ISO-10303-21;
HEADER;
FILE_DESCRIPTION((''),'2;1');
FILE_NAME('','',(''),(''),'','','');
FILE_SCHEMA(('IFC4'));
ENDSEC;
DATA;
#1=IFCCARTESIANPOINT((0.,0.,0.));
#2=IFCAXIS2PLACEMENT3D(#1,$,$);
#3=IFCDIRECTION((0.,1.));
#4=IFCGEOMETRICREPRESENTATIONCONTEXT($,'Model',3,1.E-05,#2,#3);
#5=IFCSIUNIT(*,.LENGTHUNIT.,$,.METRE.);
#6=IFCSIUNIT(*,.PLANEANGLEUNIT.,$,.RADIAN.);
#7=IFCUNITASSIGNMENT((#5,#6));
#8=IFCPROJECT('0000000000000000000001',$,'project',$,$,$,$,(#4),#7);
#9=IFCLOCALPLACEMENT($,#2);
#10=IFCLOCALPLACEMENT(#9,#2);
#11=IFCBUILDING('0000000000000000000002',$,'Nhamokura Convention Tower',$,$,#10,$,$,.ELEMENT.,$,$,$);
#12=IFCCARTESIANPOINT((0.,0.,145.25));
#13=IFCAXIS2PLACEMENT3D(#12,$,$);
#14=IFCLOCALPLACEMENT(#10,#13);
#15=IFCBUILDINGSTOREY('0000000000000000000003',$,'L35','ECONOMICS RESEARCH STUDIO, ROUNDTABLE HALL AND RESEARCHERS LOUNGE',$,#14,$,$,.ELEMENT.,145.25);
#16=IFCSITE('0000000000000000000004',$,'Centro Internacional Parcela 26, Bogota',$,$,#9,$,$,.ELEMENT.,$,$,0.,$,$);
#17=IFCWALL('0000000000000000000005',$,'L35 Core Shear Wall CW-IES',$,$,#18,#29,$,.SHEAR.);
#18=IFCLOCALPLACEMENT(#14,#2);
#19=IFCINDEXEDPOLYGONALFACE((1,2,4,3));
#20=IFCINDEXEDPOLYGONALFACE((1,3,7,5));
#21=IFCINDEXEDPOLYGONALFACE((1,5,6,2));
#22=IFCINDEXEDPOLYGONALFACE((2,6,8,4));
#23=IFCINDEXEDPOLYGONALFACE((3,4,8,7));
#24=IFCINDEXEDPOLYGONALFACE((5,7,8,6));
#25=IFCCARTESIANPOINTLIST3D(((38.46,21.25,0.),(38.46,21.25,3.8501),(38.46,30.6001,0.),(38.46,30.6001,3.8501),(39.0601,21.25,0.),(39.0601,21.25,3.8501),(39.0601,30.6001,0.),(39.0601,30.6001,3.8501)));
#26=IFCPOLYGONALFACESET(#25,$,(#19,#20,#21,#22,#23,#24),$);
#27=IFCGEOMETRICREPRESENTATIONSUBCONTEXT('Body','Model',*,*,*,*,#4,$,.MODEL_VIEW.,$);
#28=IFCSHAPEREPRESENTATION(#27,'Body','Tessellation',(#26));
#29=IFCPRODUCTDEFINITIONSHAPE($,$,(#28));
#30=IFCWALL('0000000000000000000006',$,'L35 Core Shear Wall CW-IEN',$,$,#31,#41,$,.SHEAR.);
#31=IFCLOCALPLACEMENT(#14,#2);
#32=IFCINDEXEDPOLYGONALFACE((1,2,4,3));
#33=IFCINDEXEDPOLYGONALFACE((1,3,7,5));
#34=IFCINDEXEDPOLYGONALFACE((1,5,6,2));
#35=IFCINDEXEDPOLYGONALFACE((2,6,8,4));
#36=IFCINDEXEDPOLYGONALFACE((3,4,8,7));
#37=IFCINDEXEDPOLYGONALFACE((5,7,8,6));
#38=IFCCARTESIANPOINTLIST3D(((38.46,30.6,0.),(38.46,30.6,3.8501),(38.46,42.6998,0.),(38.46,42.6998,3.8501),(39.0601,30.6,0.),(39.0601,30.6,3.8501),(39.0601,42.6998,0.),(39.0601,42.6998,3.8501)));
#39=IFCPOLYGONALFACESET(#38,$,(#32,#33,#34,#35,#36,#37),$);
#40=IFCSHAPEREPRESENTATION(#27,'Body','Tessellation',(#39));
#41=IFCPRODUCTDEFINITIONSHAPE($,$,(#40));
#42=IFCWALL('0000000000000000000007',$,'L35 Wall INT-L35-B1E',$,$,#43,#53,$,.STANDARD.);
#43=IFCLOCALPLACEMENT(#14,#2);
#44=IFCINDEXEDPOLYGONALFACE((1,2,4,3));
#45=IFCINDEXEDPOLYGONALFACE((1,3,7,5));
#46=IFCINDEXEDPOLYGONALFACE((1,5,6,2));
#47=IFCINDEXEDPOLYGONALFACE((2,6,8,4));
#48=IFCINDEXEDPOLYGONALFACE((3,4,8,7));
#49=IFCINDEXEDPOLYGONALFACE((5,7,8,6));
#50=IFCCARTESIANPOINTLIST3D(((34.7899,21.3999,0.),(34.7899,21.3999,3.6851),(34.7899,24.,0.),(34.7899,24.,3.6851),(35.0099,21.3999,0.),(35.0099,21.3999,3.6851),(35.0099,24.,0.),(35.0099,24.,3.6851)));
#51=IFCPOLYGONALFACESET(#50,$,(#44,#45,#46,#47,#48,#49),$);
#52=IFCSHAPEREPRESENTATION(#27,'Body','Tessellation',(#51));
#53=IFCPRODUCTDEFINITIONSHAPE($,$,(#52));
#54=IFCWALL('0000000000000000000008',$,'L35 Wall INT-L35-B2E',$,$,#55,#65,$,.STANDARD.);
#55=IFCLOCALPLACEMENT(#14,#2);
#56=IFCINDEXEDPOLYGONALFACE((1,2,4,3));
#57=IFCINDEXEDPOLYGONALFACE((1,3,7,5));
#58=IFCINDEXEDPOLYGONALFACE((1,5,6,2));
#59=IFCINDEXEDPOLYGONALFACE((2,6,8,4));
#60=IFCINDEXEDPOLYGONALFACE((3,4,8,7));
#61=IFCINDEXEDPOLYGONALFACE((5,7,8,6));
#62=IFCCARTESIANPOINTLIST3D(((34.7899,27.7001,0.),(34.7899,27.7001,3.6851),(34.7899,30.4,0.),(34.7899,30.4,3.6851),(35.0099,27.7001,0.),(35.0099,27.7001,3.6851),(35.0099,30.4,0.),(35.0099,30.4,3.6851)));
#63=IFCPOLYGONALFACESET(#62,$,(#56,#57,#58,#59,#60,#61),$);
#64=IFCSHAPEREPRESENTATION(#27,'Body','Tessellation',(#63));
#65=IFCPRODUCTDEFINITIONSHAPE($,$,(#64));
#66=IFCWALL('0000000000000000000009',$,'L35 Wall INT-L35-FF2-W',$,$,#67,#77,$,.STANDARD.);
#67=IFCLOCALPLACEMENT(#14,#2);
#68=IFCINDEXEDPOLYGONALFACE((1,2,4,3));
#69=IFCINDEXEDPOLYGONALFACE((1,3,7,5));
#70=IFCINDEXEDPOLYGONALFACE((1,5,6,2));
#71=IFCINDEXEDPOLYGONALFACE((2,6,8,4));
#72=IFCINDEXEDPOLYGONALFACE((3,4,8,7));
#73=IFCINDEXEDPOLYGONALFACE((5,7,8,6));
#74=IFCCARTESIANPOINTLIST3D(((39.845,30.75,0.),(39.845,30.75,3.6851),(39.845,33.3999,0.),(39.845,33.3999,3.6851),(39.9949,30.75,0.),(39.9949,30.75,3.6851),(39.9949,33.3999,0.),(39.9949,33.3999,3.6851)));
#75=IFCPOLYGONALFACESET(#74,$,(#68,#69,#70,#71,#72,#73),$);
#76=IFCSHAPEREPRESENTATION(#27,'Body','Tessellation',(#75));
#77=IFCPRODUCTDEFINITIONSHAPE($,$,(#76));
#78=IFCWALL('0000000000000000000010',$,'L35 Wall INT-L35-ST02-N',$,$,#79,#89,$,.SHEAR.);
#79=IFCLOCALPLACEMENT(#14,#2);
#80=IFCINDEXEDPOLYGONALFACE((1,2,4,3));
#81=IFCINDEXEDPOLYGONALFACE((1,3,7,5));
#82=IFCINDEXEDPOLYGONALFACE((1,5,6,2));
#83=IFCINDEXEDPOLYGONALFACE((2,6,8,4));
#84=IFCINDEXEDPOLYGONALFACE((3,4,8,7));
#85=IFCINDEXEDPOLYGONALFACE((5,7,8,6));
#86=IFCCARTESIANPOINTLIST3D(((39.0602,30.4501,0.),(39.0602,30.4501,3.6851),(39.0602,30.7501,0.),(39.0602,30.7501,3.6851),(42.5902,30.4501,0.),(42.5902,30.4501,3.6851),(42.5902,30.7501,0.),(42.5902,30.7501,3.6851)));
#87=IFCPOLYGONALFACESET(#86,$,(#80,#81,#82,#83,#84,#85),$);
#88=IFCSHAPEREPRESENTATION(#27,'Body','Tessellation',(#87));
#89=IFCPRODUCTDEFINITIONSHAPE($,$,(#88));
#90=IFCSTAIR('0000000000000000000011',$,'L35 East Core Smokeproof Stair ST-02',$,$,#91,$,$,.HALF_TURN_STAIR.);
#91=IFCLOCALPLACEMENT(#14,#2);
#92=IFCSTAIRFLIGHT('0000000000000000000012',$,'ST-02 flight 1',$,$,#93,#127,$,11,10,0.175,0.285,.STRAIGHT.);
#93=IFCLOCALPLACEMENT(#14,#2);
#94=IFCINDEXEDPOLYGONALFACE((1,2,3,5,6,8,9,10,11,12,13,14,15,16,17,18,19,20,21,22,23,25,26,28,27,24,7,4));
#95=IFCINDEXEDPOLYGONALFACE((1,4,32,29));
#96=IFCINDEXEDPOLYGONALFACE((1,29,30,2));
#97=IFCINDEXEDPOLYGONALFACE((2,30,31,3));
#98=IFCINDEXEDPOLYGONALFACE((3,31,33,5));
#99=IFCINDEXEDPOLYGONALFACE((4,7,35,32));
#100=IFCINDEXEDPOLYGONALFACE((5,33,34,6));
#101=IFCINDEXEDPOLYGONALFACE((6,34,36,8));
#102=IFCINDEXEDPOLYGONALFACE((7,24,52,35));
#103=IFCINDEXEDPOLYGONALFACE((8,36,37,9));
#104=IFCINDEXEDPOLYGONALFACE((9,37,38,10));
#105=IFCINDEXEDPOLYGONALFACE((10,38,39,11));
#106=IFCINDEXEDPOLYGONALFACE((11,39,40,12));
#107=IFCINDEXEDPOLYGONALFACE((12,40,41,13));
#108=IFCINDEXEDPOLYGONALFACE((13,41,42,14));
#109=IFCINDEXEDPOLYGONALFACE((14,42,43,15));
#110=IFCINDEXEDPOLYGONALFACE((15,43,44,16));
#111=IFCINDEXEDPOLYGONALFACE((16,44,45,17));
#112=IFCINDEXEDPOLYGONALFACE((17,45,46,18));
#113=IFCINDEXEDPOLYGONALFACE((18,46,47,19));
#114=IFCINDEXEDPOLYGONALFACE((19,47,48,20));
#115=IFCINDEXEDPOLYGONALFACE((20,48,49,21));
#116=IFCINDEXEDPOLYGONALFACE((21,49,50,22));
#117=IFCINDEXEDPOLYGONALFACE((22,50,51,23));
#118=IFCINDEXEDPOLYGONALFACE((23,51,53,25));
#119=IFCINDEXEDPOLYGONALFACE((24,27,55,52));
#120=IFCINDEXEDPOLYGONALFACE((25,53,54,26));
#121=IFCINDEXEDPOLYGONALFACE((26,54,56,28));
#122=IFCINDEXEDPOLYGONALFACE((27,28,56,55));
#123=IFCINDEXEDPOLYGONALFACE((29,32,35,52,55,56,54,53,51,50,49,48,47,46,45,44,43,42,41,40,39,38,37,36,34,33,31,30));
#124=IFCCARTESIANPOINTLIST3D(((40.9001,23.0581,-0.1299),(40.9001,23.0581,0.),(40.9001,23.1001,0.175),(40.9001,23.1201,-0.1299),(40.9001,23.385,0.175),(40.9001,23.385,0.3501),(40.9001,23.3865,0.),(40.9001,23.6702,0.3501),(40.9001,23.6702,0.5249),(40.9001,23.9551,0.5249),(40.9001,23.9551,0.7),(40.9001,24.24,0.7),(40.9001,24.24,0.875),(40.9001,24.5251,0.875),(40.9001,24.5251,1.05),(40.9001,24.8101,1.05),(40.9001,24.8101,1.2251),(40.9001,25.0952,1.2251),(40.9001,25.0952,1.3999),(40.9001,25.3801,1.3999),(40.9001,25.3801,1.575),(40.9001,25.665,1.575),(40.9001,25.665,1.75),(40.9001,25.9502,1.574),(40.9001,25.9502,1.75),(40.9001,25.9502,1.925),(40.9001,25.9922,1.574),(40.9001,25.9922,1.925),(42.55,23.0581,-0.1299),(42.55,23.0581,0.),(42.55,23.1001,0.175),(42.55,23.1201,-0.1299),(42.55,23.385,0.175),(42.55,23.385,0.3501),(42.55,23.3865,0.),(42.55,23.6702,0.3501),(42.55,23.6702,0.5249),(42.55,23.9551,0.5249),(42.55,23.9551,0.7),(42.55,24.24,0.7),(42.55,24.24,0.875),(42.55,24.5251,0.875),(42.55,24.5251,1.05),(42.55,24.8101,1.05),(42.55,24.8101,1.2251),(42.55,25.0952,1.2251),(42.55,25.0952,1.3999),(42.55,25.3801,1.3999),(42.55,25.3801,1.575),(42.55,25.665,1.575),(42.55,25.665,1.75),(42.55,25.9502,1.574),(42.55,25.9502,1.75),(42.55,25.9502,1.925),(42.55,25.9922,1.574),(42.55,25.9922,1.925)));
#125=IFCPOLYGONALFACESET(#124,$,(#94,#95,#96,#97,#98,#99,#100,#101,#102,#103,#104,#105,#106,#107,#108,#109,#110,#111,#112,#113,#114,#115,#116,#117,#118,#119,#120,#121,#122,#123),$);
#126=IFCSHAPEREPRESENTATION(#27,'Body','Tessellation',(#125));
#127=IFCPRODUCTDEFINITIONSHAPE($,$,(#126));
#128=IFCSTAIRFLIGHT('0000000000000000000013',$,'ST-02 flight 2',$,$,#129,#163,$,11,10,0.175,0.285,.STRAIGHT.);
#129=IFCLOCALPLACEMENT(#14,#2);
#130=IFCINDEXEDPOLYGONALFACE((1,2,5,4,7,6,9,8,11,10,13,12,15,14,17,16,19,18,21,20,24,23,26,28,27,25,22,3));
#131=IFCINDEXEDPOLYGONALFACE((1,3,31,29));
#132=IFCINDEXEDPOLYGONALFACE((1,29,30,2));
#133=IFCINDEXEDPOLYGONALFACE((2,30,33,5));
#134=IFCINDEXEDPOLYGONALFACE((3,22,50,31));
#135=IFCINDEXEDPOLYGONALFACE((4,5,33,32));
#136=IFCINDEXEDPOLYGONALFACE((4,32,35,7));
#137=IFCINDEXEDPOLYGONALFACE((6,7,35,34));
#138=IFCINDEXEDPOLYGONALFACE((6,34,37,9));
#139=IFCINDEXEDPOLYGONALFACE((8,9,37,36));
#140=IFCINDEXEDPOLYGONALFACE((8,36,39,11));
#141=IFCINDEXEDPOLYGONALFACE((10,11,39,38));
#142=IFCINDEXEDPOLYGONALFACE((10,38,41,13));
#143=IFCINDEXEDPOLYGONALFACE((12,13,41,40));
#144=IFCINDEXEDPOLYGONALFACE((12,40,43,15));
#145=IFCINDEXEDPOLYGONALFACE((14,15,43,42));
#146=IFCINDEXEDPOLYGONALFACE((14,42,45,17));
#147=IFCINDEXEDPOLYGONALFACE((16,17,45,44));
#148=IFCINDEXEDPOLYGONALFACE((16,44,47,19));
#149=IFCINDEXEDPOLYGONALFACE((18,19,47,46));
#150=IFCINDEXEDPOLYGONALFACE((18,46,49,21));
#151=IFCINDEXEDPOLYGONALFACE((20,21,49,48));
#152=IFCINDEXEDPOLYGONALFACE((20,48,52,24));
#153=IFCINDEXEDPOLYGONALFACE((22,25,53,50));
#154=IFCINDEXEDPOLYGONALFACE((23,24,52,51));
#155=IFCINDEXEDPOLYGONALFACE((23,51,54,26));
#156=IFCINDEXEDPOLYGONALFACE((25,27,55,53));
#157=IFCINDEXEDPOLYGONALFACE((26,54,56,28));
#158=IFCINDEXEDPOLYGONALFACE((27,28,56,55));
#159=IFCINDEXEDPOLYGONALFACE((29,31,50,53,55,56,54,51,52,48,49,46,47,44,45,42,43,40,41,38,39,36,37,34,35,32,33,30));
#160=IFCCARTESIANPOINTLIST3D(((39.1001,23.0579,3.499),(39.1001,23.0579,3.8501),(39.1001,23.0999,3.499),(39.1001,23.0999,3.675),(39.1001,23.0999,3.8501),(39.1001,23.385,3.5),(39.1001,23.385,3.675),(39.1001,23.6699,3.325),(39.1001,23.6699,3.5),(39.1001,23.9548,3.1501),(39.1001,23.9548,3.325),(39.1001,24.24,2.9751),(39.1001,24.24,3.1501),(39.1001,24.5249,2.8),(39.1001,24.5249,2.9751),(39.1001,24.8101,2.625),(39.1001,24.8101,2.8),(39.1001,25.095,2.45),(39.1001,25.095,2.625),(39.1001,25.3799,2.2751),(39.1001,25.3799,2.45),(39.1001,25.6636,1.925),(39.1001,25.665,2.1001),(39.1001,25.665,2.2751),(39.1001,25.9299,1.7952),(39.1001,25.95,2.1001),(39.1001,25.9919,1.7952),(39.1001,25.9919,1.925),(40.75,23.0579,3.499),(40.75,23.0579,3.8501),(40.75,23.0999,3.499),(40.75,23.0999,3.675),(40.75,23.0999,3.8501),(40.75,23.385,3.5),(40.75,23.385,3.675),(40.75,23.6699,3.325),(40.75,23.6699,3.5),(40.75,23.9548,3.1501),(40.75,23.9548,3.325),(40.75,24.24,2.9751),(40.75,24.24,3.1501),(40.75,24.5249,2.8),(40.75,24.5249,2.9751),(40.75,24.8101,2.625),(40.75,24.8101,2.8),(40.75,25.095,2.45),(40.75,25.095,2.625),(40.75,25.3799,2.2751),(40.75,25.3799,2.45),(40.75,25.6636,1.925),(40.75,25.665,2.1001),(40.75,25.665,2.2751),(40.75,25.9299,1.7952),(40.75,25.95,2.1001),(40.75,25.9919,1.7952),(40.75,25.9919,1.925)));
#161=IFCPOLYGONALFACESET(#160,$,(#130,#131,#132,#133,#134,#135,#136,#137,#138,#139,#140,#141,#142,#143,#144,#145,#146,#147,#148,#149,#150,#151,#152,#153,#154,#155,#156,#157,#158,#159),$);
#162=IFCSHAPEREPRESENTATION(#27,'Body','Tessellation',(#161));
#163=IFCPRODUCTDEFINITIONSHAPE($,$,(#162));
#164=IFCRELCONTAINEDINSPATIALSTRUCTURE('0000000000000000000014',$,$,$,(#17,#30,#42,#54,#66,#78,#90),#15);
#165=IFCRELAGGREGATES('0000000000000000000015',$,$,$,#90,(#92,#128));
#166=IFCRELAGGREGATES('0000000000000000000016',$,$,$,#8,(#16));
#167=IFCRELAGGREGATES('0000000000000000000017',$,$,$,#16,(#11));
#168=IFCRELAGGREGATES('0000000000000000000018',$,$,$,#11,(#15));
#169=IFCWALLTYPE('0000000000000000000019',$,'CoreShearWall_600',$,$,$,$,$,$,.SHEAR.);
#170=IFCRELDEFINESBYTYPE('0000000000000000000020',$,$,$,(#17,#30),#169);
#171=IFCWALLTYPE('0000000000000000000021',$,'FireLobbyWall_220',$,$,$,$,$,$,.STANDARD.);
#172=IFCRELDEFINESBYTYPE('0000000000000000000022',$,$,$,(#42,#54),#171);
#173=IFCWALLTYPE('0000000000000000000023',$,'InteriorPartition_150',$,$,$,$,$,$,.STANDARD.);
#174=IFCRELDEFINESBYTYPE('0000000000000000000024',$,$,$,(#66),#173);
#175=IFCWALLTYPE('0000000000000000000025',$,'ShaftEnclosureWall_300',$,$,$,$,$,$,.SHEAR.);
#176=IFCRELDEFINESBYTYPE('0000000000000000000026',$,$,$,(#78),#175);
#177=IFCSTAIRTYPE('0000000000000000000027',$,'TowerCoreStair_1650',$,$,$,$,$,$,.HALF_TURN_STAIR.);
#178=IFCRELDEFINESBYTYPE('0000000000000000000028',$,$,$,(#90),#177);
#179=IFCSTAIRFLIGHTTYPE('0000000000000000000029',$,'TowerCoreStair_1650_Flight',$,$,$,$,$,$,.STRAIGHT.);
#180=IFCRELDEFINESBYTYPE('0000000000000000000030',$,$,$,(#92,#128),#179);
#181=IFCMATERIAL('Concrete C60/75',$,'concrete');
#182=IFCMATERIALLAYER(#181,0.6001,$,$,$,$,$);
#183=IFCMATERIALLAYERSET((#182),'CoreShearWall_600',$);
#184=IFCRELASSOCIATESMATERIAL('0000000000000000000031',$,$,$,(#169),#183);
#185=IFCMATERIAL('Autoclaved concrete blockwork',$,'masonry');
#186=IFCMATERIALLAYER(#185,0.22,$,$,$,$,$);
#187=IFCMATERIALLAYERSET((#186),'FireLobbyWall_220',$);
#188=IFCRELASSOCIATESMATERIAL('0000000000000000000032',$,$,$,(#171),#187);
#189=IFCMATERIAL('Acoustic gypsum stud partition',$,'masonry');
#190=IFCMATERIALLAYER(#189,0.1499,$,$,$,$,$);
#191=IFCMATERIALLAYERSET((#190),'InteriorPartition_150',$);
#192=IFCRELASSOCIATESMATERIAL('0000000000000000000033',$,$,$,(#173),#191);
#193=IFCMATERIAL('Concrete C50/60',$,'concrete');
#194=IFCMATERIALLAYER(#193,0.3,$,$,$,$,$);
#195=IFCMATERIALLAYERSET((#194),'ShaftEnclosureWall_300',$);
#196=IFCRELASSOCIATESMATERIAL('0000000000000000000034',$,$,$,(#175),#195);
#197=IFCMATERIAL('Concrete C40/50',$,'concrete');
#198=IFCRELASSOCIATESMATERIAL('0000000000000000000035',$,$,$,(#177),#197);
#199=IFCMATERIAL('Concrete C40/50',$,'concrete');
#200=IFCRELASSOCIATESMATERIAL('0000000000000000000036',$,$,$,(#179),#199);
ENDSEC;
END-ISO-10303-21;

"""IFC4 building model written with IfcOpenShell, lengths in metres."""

from ifc_helpers import new_model, si_unit, direction, frame, frame_2d, origin, place, context, subcontext, project, spatial, polyline, rectangle, outline, extrude, material, layer, layer_set, type_object, element, aggregate, save


model = new_model("IFC4")

# Units and contexts
model_context = context("Model", 3, precision=1e-05, world=origin(), true_north=direction((0.0, 1.0)))
body_context = subcontext(model_context, "Body", "Model", "MODEL_VIEW")
ifc_project = project(units=[si_unit("LENGTHUNIT", "METRE"), si_unit("PLANEANGLEUNIT", "RADIAN")], contexts=[model_context])

# Site, building, storey
site_placement = place(None, origin())
site = spatial("IfcSite", under=ifc_project, at=site_placement, Name="Centro Internacional Parcela 26, Bogota", CompositionType="ELEMENT", RefElevation=0.0)
building_placement = place(site_placement, origin())
building = spatial("IfcBuilding", under=site, at=building_placement, Name="Nhamokura Convention Tower", CompositionType="ELEMENT")
storey_placement = place(building_placement, frame((0.0, 0.0, 145.25)))
storey = spatial("IfcBuildingStorey", under=building, at=storey_placement, Name="L35", Description="ECONOMICS RESEARCH STUDIO, ROUNDTABLE HALL AND RESEARCHERS LOUNGE", CompositionType="ELEMENT", Elevation=145.25)

# Shared definitions
ifc_material_1 = material(Name="Concrete C60/75", Category="concrete")
ifc_layer_1 = layer(ifc_material_1, 0.6001)
ifc_layer_set_1 = layer_set([ifc_layer_1], Name="CoreShearWall_600")
wall_type_1 = type_object("IfcWallType", Name="CoreShearWall_600", PredefinedType="SHEAR", material=ifc_layer_set_1)

# Walls
wall_1_placement = place(storey_placement, frame((38.76, 21.25, 0.0), z_axis=(0.0, 0.0, 1.0), x_axis=(0.0, 1.0, 0.0)))
element("IfcWall", 1, at=wall_1_placement, inside=storey, type_object=wall_type_1, Name="L35 Core Shear Wall CW-IES", PredefinedType="SHEAR", context=body_context, shape_type="SweptSolid", body=[
    extrude(rectangle(XDim=9.3501, YDim=0.6001, at=frame_2d((4.675, 0.0))), origin(), (0.0, 0.0, 1.0), 3.8501),
])
wall_2_placement = place(storey_placement, frame((38.76, 30.6001, 0.0), z_axis=(0.0, 0.0, 1.0), x_axis=(0.0, 1.0, 0.0)))
element("IfcWall", 2, at=wall_2_placement, inside=storey, type_object=wall_type_1, Name="L35 Core Shear Wall CW-IEN", PredefinedType="SHEAR", context=body_context, shape_type="SweptSolid", body=[
    extrude(rectangle(XDim=12.0999, YDim=0.6001, at=frame_2d((6.0498, 0.0))), origin(), (0.0, 0.0, 1.0), 3.8501),
])
ifc_material_2 = material(Name="Autoclaved concrete blockwork", Category="masonry")
ifc_layer_2 = layer(ifc_material_2, 0.22)
ifc_layer_set_2 = layer_set([ifc_layer_2], Name="FireLobbyWall_220")
wall_type_2 = type_object("IfcWallType", Name="FireLobbyWall_220", PredefinedType="STANDARD", material=ifc_layer_set_2)
wall_3_placement = place(storey_placement, frame((34.8999, 21.3999, 0.0), z_axis=(0.0, 0.0, 1.0), x_axis=(0.0, 1.0, 0.0)))
element("IfcWall", 3, at=wall_3_placement, inside=storey, type_object=wall_type_2, Name="L35 Wall INT-L35-B1E", PredefinedType="STANDARD", context=body_context, shape_type="SweptSolid", body=[
    extrude(rectangle(XDim=2.6001, YDim=0.22, at=frame_2d((1.3, 0.0))), origin(), (0.0, 0.0, 1.0), 3.6851),
])
wall_4_placement = place(storey_placement, frame((34.8999, 27.7, 0.0), z_axis=(0.0, 0.0, 1.0), x_axis=(0.0, 1.0, 0.0)))
element("IfcWall", 4, at=wall_4_placement, inside=storey, type_object=wall_type_2, Name="L35 Wall INT-L35-B2E", PredefinedType="STANDARD", context=body_context, shape_type="SweptSolid", body=[
    extrude(rectangle(XDim=2.7, YDim=0.22, at=frame_2d((1.3501, 0.0))), origin(), (0.0, 0.0, 1.0), 3.6851),
])
ifc_material_3 = material(Name="Acoustic gypsum stud partition", Category="masonry")
ifc_layer_3 = layer(ifc_material_3, 0.1499)
ifc_layer_set_3 = layer_set([ifc_layer_3], Name="InteriorPartition_150")
wall_type_3 = type_object("IfcWallType", Name="InteriorPartition_150", PredefinedType="STANDARD", material=ifc_layer_set_3)
wall_5_placement = place(storey_placement, frame((39.9199, 30.75, 0.0), z_axis=(0.0, 0.0, 1.0), x_axis=(0.0, 1.0, 0.0)))
element("IfcWall", 5, at=wall_5_placement, inside=storey, type_object=wall_type_3, Name="L35 Wall INT-L35-FF2-W", PredefinedType="STANDARD", context=body_context, shape_type="SweptSolid", body=[
    extrude(rectangle(XDim=2.6499, YDim=0.1499, at=frame_2d((1.325, 0.0))), origin(), (0.0, 0.0, 1.0), 3.6851),
])
ifc_material_4 = material(Name="Concrete C50/60", Category="concrete")
ifc_layer_4 = layer(ifc_material_4, 0.3)
ifc_layer_set_4 = layer_set([ifc_layer_4], Name="ShaftEnclosureWall_300")
wall_type_4 = type_object("IfcWallType", Name="ShaftEnclosureWall_300", PredefinedType="SHEAR", material=ifc_layer_set_4)
wall_6_placement = place(storey_placement, frame((39.0601, 30.6001, 0.0), z_axis=(0.0, 0.0, 1.0), x_axis=(1.0, 0.0, 0.0)))
element("IfcWall", 6, at=wall_6_placement, inside=storey, type_object=wall_type_4, Name="L35 Wall INT-L35-ST02-N", PredefinedType="SHEAR", context=body_context, shape_type="SweptSolid", body=[
    extrude(rectangle(XDim=3.53, YDim=0.3, at=frame_2d((1.7651, 0.0))), origin(), (0.0, 0.0, 1.0), 3.6851),
])

# Stair, stair flights
ifc_material_5 = material(Name="Concrete C40/50", Category="concrete")
stair_type = type_object("IfcStairType", Name="TowerCoreStair_1650", PredefinedType="HALF_TURN_STAIR", material=ifc_material_5)
stair_placement = place(storey_placement, origin())
stair = element("IfcStair", 7, at=stair_placement, inside=storey, type_object=stair_type, Name="L35 East Core Smokeproof Stair ST-02", PredefinedType="HALF_TURN_STAIR")
ifc_material_6 = material(Name="Concrete C40/50", Category="concrete")
stair_flight_type = type_object("IfcStairFlightType", Name="TowerCoreStair_1650_Flight", PredefinedType="STRAIGHT", material=ifc_material_6)
stair_flight_1_placement = place(storey_placement, frame((41.7251, 23.1001, 0.0), z_axis=(0.0, 0.0, 1.0), x_axis=(0.0, 1.0, 0.0)))
stair_flight_1 = element("IfcStairFlight", 8, at=stair_flight_1_placement, type_object=stair_flight_type, Name="ST-02 flight 1", NumberOfRisers=11, NumberOfTreads=10, PredefinedType="STRAIGHT", RiserHeight=0.175, TreadLength=0.285, context=body_context, shape_type="SweptSolid", body=[
    extrude(outline(polyline([(-0.042, 0.0), (0.0, 0.175), (0.2849, 0.175), (0.2849, 0.3501), (0.5701, 0.3501), (0.5701, 0.5249), (0.855, 0.5249), (0.855, 0.7), (1.1399, 0.7), (1.1399, 0.875), (1.425, 0.875), (1.425, 1.05), (1.71, 1.05), (1.71, 1.2251), (1.9951, 1.2251), (1.9951, 1.3999), (2.28, 1.3999), (2.28, 1.575), (2.5649, 1.575), (2.5649, 1.75), (2.8501, 1.75), (2.8501, 1.925), (2.8921, 1.925), (2.8921, 1.574), (2.8501, 1.574), (0.2864, 0.0), (0.02, -0.1299), (-0.042, -0.1299), (-0.042, 0.0)])), frame((0.0, 0.825, 0.0), z_axis=(0.0, -1.0, 0.0), x_axis=(1.0, 0.0, 0.0)), (0.0, 0.0, 1.0), 1.6499),
])
stair_flight_2_placement = place(storey_placement, frame((39.925, 25.95, 1.925), z_axis=(0.0, 0.0, 1.0), x_axis=(0.0, -1.0, 0.0)))
stair_flight_2 = element("IfcStairFlight", 9, at=stair_flight_2_placement, type_object=stair_flight_type, Name="ST-02 flight 2", NumberOfRisers=11, NumberOfTreads=10, PredefinedType="STRAIGHT", RiserHeight=0.175, TreadLength=0.285, context=body_context, shape_type="SweptSolid", body=[
    extrude(outline(polyline([(-0.042, 0.0), (0.0, 0.175), (0.2849, 0.175), (0.2849, 0.3501), (0.5701, 0.3501), (0.5701, 0.5249), (0.855, 0.5249), (0.855, 0.7), (1.1399, 0.7), (1.1399, 0.875), (1.425, 0.875), (1.425, 1.05), (1.71, 1.05), (1.71, 1.2251), (1.9951, 1.2251), (1.9951, 1.3999), (2.28, 1.3999), (2.28, 1.575), (2.5649, 1.575), (2.5649, 1.75), (2.8501, 1.75), (2.8501, 1.925), (2.8921, 1.925), (2.8921, 1.574), (2.8501, 1.574), (0.2864, 0.0), (0.02, -0.1299), (-0.042, -0.1299), (-0.042, 0.0)])), frame((0.0, 0.825, 0.0), z_axis=(0.0, -1.0, 0.0), x_axis=(1.0, 0.0, 0.0)), (0.0, 0.0, 1.0), 1.6499),
])
aggregate(stair, [stair_flight_1, stair_flight_2])

save(model, "model.ifc")
